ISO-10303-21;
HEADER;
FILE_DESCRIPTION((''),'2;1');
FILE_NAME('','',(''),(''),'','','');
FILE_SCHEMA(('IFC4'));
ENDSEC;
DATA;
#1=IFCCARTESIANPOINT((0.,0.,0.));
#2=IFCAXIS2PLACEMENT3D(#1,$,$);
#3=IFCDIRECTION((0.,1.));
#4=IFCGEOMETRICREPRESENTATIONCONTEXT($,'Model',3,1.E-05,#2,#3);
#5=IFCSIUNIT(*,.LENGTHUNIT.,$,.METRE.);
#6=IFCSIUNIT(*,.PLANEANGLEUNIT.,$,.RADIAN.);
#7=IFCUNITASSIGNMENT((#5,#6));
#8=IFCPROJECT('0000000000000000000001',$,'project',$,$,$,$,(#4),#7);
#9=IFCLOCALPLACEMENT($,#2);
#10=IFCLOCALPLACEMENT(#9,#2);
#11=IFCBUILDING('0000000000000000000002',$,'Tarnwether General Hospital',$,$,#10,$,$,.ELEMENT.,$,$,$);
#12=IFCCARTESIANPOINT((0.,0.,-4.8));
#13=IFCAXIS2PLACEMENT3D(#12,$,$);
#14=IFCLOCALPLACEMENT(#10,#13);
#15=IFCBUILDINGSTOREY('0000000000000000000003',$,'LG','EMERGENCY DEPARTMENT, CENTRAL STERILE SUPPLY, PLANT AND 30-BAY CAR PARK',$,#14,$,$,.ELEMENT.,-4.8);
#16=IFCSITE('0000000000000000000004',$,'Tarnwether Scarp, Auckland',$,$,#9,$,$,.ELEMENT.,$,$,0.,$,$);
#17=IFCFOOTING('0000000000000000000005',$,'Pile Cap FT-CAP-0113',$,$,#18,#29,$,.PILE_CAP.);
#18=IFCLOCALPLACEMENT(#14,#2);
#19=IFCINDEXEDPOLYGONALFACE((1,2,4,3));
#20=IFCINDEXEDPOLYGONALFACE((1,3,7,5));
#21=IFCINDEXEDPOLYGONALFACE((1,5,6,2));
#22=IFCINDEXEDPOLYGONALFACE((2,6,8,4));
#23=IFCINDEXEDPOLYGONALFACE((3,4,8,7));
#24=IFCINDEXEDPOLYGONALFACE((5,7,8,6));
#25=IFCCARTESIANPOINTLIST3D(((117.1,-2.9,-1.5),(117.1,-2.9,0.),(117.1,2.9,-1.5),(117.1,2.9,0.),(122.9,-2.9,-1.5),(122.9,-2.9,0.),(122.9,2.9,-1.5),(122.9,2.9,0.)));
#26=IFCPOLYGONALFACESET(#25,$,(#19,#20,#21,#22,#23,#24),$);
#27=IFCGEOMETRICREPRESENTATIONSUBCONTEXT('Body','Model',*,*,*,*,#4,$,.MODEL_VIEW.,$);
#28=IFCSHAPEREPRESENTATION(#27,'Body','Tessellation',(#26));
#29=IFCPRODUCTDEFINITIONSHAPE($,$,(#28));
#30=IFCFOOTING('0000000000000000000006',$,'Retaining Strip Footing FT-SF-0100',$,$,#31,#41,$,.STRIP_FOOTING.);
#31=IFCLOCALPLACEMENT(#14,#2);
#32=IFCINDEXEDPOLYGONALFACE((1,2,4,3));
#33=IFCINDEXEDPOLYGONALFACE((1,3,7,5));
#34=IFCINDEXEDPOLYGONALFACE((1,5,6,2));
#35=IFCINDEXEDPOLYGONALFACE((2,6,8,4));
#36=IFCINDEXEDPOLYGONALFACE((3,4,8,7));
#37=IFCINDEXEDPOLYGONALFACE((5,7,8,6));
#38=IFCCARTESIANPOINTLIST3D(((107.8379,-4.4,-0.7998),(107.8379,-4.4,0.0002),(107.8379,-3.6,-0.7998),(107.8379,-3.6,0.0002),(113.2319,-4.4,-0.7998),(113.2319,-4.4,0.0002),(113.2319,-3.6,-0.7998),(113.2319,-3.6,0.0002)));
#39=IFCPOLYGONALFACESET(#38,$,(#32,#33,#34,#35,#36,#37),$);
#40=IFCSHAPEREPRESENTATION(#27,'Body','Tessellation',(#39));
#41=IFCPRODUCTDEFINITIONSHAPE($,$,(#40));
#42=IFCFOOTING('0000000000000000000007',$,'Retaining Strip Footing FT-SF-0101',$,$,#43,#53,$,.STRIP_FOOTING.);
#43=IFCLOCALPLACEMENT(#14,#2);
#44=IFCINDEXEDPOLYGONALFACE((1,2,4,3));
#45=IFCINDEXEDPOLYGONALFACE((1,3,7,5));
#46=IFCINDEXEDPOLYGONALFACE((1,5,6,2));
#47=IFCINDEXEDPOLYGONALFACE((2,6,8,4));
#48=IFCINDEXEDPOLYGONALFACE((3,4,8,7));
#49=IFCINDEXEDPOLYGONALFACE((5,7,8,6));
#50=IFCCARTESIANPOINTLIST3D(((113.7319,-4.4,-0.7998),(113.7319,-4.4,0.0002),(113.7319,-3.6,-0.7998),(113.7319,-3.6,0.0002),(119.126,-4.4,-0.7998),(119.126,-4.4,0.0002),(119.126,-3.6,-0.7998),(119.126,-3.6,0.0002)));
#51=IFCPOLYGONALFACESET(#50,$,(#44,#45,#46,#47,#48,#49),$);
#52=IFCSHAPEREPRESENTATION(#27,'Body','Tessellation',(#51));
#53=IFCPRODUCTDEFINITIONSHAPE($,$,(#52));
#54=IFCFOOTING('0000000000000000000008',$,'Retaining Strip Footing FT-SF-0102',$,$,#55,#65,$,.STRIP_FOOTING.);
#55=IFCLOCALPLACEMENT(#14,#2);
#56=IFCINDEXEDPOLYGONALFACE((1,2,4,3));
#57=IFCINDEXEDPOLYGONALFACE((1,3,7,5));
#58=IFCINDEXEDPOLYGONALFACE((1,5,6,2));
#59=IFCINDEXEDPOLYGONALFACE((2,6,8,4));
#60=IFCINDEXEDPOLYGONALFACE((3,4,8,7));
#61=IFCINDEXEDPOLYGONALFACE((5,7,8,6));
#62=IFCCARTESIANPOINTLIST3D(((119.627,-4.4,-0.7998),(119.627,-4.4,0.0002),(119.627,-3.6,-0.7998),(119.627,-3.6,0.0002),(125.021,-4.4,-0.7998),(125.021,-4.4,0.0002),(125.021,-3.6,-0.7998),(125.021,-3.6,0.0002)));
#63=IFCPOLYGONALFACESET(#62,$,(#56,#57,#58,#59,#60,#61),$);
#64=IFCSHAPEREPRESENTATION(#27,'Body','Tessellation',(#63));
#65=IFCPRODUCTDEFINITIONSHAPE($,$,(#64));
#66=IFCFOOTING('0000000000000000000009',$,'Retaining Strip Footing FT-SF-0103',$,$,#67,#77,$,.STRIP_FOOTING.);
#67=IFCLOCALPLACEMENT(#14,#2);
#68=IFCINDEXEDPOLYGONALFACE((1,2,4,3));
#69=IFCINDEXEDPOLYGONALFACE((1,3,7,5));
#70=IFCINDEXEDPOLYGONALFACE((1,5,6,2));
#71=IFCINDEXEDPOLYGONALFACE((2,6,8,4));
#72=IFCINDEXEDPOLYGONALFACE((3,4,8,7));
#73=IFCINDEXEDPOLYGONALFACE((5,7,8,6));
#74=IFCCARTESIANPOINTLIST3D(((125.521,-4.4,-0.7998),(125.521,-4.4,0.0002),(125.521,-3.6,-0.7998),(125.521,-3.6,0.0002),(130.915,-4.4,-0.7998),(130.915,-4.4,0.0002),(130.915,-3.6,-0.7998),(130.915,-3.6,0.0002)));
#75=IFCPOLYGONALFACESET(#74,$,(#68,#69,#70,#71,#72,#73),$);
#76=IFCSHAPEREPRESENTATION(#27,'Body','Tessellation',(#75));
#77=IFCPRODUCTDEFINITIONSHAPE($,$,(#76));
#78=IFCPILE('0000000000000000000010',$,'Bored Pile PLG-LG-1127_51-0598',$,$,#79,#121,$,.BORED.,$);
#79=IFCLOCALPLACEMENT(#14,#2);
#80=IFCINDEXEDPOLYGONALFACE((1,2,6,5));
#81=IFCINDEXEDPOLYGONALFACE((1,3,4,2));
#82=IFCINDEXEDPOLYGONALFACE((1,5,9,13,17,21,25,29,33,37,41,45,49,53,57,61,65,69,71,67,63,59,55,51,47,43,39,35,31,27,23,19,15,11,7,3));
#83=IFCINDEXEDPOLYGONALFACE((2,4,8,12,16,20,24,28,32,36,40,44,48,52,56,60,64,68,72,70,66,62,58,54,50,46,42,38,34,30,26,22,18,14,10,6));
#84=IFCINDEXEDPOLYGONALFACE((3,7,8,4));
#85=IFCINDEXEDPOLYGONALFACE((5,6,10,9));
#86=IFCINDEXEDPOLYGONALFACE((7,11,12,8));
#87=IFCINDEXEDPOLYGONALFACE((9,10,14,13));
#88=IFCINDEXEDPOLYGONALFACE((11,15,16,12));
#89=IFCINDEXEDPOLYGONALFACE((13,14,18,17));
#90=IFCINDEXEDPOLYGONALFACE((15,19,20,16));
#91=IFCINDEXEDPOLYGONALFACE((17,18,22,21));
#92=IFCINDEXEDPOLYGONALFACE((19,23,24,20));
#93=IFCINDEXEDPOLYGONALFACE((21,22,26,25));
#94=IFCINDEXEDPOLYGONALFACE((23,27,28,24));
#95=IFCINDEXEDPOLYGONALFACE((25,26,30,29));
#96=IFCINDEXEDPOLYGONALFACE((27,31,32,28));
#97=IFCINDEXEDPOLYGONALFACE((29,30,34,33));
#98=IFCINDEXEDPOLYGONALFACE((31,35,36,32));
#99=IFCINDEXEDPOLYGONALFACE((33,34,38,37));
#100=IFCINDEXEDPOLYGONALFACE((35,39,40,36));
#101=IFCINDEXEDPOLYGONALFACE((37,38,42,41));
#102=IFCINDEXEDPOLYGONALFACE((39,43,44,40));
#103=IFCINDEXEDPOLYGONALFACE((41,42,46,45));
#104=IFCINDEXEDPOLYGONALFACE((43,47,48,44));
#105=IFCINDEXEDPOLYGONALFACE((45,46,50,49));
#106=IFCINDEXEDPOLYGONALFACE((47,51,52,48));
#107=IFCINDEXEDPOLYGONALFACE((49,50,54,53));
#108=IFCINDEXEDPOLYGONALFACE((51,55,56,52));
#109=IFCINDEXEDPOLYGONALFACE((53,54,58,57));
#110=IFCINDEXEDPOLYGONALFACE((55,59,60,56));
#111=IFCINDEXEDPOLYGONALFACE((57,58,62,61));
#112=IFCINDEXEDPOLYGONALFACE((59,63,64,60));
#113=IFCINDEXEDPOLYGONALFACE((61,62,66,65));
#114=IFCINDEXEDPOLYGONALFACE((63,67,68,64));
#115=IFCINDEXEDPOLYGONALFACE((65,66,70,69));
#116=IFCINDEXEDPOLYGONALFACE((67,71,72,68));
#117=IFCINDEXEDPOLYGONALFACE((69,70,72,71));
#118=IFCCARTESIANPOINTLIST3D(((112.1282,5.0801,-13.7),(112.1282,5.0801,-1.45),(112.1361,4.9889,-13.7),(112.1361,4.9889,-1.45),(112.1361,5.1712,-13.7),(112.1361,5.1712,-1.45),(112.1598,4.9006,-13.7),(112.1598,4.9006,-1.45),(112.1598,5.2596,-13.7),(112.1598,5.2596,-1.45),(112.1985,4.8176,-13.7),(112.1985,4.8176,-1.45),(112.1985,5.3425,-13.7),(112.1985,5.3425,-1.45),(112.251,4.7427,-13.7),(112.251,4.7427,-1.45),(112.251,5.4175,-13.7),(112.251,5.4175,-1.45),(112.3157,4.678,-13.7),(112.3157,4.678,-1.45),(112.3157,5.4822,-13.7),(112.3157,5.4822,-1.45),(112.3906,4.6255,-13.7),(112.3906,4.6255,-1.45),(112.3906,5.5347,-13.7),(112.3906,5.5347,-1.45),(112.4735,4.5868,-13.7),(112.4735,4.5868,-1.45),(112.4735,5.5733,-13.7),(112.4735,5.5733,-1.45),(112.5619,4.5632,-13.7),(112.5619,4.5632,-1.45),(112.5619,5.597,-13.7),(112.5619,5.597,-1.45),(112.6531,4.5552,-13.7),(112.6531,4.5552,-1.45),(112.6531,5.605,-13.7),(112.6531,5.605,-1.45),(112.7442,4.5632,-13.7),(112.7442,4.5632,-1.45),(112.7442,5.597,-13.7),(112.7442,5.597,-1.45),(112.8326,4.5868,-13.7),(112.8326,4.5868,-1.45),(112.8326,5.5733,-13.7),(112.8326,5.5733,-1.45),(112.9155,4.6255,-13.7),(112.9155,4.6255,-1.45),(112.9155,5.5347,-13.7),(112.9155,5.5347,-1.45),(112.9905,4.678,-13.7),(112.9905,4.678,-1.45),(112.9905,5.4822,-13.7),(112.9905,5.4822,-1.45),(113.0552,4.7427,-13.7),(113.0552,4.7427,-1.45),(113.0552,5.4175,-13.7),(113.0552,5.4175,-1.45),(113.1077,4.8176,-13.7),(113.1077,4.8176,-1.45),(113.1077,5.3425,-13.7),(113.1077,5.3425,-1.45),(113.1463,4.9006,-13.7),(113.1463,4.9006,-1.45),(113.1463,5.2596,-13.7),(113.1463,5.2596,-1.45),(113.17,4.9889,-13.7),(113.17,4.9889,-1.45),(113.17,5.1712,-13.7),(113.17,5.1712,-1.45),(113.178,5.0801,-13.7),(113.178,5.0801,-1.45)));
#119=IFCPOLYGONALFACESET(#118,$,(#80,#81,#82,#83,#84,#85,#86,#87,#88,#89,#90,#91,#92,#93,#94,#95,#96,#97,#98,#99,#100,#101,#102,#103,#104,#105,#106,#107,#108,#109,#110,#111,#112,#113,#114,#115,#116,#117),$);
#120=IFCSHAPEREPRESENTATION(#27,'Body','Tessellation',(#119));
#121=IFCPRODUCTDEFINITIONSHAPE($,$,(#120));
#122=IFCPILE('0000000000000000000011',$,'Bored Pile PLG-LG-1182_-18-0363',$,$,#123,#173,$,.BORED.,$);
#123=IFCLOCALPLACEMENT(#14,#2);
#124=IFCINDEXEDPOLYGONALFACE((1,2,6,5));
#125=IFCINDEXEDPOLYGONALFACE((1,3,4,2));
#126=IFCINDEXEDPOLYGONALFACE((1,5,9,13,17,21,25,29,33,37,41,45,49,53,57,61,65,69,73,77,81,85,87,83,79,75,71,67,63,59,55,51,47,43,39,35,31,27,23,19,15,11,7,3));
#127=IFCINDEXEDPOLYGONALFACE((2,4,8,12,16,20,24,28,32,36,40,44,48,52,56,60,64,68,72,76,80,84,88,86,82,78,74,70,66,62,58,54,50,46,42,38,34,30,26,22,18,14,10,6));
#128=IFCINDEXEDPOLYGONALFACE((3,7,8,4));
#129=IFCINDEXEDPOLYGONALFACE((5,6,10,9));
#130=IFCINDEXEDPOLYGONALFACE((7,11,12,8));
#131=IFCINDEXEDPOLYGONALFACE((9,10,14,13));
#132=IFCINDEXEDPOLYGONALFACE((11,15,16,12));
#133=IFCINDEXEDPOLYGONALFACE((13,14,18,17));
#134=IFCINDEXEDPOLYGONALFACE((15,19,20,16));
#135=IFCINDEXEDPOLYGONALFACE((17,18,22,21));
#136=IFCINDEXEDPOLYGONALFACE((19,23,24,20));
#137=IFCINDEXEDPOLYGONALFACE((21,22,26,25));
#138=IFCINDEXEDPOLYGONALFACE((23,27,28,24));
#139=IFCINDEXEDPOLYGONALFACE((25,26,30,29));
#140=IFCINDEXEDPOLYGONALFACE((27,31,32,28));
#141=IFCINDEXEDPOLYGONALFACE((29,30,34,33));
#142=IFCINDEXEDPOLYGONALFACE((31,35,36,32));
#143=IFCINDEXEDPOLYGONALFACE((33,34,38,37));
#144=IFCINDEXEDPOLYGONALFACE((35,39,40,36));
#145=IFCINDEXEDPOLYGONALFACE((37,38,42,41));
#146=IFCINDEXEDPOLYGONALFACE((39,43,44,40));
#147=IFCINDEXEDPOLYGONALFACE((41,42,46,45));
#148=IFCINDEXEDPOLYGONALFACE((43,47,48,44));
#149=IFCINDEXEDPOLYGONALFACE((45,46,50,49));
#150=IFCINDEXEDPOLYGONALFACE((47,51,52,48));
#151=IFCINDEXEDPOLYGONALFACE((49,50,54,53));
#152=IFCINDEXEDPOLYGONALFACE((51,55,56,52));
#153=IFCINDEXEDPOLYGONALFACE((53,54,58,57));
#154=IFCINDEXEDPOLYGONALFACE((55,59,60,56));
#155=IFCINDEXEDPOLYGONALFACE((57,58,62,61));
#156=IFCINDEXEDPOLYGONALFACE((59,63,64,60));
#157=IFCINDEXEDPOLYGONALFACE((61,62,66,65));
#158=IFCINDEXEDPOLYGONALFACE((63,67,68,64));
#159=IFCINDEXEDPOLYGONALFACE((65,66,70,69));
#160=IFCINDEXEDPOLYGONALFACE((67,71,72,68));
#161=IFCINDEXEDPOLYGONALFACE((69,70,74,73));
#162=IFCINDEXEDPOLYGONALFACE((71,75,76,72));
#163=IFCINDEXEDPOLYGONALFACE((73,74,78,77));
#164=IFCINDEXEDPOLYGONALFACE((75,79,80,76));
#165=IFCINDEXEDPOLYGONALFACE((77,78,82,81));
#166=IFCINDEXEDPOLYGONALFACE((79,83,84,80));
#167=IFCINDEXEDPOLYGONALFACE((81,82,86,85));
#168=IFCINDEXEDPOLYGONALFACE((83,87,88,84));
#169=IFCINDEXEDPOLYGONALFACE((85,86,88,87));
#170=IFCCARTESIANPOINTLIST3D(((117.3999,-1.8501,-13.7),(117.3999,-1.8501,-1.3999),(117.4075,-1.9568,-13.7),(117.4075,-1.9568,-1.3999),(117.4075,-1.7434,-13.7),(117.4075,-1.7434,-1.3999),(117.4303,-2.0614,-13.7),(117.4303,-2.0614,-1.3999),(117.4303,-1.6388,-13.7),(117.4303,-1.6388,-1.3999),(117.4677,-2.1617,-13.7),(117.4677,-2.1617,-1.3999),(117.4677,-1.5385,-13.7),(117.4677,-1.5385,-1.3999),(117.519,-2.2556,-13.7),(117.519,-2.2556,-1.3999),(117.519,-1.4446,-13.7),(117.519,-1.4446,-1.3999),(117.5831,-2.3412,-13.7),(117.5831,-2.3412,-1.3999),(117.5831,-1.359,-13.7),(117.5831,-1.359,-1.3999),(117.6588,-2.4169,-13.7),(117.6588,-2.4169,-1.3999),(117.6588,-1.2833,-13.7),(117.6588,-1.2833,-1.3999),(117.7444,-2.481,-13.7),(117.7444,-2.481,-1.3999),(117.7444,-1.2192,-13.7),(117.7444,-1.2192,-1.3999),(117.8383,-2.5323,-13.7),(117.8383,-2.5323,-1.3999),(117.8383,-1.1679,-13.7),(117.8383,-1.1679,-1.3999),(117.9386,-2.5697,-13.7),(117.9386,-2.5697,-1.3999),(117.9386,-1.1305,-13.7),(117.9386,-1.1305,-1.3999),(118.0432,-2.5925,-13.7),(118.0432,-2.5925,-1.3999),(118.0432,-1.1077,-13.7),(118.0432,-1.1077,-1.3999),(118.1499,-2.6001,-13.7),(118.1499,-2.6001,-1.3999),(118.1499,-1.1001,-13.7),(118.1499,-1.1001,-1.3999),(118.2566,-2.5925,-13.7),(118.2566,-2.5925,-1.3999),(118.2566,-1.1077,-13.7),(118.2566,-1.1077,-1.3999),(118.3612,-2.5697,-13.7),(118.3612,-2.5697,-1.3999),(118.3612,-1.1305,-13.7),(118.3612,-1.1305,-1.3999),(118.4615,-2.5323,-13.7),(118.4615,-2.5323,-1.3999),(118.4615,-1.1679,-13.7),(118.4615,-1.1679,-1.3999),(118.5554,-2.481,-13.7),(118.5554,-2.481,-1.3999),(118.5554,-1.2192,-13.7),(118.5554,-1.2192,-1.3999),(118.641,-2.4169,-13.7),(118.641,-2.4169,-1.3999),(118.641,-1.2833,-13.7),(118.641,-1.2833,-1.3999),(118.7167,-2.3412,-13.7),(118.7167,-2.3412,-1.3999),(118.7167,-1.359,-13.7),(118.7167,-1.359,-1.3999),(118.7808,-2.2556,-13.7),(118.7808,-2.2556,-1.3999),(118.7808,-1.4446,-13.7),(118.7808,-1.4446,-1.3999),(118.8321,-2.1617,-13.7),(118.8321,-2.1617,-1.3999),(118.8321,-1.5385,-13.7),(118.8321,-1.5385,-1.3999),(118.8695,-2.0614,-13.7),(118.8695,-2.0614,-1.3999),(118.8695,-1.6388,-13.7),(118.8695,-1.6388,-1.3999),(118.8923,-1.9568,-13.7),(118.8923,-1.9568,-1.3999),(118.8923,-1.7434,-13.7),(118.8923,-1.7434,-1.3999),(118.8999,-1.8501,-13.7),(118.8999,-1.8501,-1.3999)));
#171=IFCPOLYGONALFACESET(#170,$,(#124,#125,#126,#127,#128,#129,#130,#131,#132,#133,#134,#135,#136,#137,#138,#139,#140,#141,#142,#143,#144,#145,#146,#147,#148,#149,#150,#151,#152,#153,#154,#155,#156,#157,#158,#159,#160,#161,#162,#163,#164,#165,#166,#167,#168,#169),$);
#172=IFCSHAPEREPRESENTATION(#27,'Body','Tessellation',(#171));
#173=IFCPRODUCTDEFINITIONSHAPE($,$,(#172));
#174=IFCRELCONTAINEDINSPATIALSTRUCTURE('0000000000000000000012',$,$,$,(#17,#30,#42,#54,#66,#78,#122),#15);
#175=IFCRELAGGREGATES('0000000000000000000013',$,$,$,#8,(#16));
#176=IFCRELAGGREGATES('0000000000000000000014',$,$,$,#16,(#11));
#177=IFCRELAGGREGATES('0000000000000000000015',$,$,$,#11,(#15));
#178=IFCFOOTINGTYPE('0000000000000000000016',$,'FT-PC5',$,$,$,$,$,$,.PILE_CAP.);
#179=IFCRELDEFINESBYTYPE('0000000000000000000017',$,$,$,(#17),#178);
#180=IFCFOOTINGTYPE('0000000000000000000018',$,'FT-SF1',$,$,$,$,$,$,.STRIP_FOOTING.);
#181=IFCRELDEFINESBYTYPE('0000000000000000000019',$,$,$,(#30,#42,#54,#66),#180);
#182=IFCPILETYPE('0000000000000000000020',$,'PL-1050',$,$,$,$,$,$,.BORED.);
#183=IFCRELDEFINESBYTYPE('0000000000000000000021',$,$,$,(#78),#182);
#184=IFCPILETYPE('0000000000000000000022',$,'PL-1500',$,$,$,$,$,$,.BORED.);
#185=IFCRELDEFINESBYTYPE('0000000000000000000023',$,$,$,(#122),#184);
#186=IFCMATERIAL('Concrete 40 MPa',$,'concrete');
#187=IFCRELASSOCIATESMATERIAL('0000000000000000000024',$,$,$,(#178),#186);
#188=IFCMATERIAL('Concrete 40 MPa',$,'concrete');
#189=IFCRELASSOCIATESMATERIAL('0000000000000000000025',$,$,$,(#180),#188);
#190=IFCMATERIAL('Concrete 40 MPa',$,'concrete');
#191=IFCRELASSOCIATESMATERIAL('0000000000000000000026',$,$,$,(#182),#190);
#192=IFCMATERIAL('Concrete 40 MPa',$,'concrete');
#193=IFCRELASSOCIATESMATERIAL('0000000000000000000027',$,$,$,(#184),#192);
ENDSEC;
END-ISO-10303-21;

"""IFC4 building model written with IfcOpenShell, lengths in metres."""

from ifc_helpers import new_model, si_unit, direction, frame, origin, origin_2d, place, context, subcontext, project, spatial, rectangle, circle, extrude, material, material_profile, profile_set, type_object, element, save


model = new_model("IFC4")

# Units and contexts
model_context = context("Model", 3, precision=1e-05, world=origin(), true_north=direction((0.0, 1.0)))
body_context = subcontext(model_context, "Body", "Model", "MODEL_VIEW")
ifc_project = project(units=[si_unit("LENGTHUNIT", "METRE"), si_unit("PLANEANGLEUNIT", "RADIAN")], contexts=[model_context])

# Site, building, storey
site_placement = place(None, origin())
site = spatial("IfcSite", under=ifc_project, at=site_placement, Name="Tarnwether Scarp, Auckland", CompositionType="ELEMENT", RefElevation=0.0)
building_placement = place(site_placement, origin())
building = spatial("IfcBuilding", under=site, at=building_placement, Name="Tarnwether General Hospital", CompositionType="ELEMENT")
storey_placement = place(building_placement, frame((0.0, 0.0, -4.8)))
storey = spatial("IfcBuildingStorey", under=building, at=storey_placement, Name="LG", Description="EMERGENCY DEPARTMENT, CENTRAL STERILE SUPPLY, PLANT AND 30-BAY CAR PARK", CompositionType="ELEMENT", Elevation=-4.8)

# Footings
ifc_material_1 = material(Name="Concrete 40 MPa", Category="concrete")
footing_type_1 = type_object("IfcFootingType", Name="FT-PC5", PredefinedType="PILE_CAP", material=ifc_material_1)
footing_placement = place(storey_placement, frame((120.0, 0.0, -1.5), z_axis=(0.0, 0.0, 1.0), x_axis=(1.0, 0.0, 0.0)))
element("IfcFooting", 1, at=footing_placement, inside=storey, type_object=footing_type_1, Name="Pile Cap FT-CAP-0113", PredefinedType="PILE_CAP", context=body_context, shape_type="SweptSolid", body=[
    extrude(rectangle(XDim=5.8, YDim=5.8, at=origin_2d()), origin(), (0.0, 0.0, 1.0), 1.5),
])
ifc_material_2 = material(Name="Concrete 40 MPa", Category="concrete")
footing_type_2 = type_object("IfcFootingType", Name="FT-SF1", PredefinedType="STRIP_FOOTING", material=ifc_material_2)
for number, where, z_axis, x_axis, name in (
    (2, (110.5349, -4.0, -0.7998), (0.0, 0.0, 1.0), (1.0, 0.0, 0.0), "Retaining Strip Footing FT-SF-0100"),
    (3, (116.429, -4.0, -0.7998), (0.0, 0.0, 1.0), (1.0, 0.0, 0.0), "Retaining Strip Footing FT-SF-0101"),
    (4, (122.324, -4.0, -0.7998), (0.0, 0.0, 1.0), (1.0, 0.0, 0.0), "Retaining Strip Footing FT-SF-0102"),
    (5, (128.218, -4.0, -0.7998), (0.0, 0.0, 1.0), (1.0, 0.0, 0.0), "Retaining Strip Footing FT-SF-0103"),
):
    element("IfcFooting", number, at=place(storey_placement, frame(where, z_axis=z_axis, x_axis=x_axis)), inside=storey, type_object=footing_type_2, Name=name, PredefinedType="STRIP_FOOTING", context=body_context, shape_type="SweptSolid", body=[
        extrude(rectangle(XDim=5.394, YDim=0.8, at=origin_2d()), origin(), (0.0, 0.0, 1.0), 0.8),
    ])

# Piles
ifc_material_3 = material(Name="Concrete 40 MPa", Category="concrete")
ifc_material_profile_1 = material_profile(ifc_material_3, circle(Radius=0.5249, at=origin_2d()), Name="PILE-D1050")
ifc_profile_set_1 = profile_set([ifc_material_profile_1], Name="Concrete 40 MPa")
pile_type_1 = type_object("IfcPileType", Name="PL-1050", PredefinedType="BORED", material=ifc_profile_set_1)
pile_placement = place(storey_placement, frame((112.6531, 5.0801, -1.45), z_axis=(0.0, 0.0, -1.0), x_axis=(1.0, 0.0, 0.0)))
element("IfcPile", 6, at=pile_placement, inside=storey, type_object=pile_type_1, Name="Bored Pile PLG-LG-1127_51-0598", PredefinedType="BORED", context=body_context, shape_type="SweptSolid", body=[
    extrude(circle(Radius=0.5249, at=origin_2d()), origin(), (0.0, 0.0, 1.0), 12.25),
])
ifc_material_4 = material(Name="Concrete 40 MPa", Category="concrete")
ifc_material_profile_2 = material_profile(ifc_material_4, circle(Radius=0.75, at=origin_2d()), Name="PILE-D1500")
ifc_profile_set_2 = profile_set([ifc_material_profile_2], Name="Concrete 40 MPa")
pile_type_2 = type_object("IfcPileType", Name="PL-1500", PredefinedType="BORED", material=ifc_profile_set_2)
for number, where, z_axis, x_axis, name in (
    (7, (118.1499, -1.8501, -1.3999), (0.0, 0.0, -1.0), (1.0, 0.0, 0.0), "Bored Pile PLG-LG-1182_-18-0363"),
):
    element("IfcPile", number, at=place(storey_placement, frame(where, z_axis=z_axis, x_axis=x_axis)), inside=storey, type_object=pile_type_2, Name=name, PredefinedType="BORED", context=body_context, shape_type="SweptSolid", body=[
        extrude(circle(Radius=0.75, at=origin_2d()), origin(), (0.0, 0.0, 1.0), 12.3),
    ])

save(model, "model.ifc")
